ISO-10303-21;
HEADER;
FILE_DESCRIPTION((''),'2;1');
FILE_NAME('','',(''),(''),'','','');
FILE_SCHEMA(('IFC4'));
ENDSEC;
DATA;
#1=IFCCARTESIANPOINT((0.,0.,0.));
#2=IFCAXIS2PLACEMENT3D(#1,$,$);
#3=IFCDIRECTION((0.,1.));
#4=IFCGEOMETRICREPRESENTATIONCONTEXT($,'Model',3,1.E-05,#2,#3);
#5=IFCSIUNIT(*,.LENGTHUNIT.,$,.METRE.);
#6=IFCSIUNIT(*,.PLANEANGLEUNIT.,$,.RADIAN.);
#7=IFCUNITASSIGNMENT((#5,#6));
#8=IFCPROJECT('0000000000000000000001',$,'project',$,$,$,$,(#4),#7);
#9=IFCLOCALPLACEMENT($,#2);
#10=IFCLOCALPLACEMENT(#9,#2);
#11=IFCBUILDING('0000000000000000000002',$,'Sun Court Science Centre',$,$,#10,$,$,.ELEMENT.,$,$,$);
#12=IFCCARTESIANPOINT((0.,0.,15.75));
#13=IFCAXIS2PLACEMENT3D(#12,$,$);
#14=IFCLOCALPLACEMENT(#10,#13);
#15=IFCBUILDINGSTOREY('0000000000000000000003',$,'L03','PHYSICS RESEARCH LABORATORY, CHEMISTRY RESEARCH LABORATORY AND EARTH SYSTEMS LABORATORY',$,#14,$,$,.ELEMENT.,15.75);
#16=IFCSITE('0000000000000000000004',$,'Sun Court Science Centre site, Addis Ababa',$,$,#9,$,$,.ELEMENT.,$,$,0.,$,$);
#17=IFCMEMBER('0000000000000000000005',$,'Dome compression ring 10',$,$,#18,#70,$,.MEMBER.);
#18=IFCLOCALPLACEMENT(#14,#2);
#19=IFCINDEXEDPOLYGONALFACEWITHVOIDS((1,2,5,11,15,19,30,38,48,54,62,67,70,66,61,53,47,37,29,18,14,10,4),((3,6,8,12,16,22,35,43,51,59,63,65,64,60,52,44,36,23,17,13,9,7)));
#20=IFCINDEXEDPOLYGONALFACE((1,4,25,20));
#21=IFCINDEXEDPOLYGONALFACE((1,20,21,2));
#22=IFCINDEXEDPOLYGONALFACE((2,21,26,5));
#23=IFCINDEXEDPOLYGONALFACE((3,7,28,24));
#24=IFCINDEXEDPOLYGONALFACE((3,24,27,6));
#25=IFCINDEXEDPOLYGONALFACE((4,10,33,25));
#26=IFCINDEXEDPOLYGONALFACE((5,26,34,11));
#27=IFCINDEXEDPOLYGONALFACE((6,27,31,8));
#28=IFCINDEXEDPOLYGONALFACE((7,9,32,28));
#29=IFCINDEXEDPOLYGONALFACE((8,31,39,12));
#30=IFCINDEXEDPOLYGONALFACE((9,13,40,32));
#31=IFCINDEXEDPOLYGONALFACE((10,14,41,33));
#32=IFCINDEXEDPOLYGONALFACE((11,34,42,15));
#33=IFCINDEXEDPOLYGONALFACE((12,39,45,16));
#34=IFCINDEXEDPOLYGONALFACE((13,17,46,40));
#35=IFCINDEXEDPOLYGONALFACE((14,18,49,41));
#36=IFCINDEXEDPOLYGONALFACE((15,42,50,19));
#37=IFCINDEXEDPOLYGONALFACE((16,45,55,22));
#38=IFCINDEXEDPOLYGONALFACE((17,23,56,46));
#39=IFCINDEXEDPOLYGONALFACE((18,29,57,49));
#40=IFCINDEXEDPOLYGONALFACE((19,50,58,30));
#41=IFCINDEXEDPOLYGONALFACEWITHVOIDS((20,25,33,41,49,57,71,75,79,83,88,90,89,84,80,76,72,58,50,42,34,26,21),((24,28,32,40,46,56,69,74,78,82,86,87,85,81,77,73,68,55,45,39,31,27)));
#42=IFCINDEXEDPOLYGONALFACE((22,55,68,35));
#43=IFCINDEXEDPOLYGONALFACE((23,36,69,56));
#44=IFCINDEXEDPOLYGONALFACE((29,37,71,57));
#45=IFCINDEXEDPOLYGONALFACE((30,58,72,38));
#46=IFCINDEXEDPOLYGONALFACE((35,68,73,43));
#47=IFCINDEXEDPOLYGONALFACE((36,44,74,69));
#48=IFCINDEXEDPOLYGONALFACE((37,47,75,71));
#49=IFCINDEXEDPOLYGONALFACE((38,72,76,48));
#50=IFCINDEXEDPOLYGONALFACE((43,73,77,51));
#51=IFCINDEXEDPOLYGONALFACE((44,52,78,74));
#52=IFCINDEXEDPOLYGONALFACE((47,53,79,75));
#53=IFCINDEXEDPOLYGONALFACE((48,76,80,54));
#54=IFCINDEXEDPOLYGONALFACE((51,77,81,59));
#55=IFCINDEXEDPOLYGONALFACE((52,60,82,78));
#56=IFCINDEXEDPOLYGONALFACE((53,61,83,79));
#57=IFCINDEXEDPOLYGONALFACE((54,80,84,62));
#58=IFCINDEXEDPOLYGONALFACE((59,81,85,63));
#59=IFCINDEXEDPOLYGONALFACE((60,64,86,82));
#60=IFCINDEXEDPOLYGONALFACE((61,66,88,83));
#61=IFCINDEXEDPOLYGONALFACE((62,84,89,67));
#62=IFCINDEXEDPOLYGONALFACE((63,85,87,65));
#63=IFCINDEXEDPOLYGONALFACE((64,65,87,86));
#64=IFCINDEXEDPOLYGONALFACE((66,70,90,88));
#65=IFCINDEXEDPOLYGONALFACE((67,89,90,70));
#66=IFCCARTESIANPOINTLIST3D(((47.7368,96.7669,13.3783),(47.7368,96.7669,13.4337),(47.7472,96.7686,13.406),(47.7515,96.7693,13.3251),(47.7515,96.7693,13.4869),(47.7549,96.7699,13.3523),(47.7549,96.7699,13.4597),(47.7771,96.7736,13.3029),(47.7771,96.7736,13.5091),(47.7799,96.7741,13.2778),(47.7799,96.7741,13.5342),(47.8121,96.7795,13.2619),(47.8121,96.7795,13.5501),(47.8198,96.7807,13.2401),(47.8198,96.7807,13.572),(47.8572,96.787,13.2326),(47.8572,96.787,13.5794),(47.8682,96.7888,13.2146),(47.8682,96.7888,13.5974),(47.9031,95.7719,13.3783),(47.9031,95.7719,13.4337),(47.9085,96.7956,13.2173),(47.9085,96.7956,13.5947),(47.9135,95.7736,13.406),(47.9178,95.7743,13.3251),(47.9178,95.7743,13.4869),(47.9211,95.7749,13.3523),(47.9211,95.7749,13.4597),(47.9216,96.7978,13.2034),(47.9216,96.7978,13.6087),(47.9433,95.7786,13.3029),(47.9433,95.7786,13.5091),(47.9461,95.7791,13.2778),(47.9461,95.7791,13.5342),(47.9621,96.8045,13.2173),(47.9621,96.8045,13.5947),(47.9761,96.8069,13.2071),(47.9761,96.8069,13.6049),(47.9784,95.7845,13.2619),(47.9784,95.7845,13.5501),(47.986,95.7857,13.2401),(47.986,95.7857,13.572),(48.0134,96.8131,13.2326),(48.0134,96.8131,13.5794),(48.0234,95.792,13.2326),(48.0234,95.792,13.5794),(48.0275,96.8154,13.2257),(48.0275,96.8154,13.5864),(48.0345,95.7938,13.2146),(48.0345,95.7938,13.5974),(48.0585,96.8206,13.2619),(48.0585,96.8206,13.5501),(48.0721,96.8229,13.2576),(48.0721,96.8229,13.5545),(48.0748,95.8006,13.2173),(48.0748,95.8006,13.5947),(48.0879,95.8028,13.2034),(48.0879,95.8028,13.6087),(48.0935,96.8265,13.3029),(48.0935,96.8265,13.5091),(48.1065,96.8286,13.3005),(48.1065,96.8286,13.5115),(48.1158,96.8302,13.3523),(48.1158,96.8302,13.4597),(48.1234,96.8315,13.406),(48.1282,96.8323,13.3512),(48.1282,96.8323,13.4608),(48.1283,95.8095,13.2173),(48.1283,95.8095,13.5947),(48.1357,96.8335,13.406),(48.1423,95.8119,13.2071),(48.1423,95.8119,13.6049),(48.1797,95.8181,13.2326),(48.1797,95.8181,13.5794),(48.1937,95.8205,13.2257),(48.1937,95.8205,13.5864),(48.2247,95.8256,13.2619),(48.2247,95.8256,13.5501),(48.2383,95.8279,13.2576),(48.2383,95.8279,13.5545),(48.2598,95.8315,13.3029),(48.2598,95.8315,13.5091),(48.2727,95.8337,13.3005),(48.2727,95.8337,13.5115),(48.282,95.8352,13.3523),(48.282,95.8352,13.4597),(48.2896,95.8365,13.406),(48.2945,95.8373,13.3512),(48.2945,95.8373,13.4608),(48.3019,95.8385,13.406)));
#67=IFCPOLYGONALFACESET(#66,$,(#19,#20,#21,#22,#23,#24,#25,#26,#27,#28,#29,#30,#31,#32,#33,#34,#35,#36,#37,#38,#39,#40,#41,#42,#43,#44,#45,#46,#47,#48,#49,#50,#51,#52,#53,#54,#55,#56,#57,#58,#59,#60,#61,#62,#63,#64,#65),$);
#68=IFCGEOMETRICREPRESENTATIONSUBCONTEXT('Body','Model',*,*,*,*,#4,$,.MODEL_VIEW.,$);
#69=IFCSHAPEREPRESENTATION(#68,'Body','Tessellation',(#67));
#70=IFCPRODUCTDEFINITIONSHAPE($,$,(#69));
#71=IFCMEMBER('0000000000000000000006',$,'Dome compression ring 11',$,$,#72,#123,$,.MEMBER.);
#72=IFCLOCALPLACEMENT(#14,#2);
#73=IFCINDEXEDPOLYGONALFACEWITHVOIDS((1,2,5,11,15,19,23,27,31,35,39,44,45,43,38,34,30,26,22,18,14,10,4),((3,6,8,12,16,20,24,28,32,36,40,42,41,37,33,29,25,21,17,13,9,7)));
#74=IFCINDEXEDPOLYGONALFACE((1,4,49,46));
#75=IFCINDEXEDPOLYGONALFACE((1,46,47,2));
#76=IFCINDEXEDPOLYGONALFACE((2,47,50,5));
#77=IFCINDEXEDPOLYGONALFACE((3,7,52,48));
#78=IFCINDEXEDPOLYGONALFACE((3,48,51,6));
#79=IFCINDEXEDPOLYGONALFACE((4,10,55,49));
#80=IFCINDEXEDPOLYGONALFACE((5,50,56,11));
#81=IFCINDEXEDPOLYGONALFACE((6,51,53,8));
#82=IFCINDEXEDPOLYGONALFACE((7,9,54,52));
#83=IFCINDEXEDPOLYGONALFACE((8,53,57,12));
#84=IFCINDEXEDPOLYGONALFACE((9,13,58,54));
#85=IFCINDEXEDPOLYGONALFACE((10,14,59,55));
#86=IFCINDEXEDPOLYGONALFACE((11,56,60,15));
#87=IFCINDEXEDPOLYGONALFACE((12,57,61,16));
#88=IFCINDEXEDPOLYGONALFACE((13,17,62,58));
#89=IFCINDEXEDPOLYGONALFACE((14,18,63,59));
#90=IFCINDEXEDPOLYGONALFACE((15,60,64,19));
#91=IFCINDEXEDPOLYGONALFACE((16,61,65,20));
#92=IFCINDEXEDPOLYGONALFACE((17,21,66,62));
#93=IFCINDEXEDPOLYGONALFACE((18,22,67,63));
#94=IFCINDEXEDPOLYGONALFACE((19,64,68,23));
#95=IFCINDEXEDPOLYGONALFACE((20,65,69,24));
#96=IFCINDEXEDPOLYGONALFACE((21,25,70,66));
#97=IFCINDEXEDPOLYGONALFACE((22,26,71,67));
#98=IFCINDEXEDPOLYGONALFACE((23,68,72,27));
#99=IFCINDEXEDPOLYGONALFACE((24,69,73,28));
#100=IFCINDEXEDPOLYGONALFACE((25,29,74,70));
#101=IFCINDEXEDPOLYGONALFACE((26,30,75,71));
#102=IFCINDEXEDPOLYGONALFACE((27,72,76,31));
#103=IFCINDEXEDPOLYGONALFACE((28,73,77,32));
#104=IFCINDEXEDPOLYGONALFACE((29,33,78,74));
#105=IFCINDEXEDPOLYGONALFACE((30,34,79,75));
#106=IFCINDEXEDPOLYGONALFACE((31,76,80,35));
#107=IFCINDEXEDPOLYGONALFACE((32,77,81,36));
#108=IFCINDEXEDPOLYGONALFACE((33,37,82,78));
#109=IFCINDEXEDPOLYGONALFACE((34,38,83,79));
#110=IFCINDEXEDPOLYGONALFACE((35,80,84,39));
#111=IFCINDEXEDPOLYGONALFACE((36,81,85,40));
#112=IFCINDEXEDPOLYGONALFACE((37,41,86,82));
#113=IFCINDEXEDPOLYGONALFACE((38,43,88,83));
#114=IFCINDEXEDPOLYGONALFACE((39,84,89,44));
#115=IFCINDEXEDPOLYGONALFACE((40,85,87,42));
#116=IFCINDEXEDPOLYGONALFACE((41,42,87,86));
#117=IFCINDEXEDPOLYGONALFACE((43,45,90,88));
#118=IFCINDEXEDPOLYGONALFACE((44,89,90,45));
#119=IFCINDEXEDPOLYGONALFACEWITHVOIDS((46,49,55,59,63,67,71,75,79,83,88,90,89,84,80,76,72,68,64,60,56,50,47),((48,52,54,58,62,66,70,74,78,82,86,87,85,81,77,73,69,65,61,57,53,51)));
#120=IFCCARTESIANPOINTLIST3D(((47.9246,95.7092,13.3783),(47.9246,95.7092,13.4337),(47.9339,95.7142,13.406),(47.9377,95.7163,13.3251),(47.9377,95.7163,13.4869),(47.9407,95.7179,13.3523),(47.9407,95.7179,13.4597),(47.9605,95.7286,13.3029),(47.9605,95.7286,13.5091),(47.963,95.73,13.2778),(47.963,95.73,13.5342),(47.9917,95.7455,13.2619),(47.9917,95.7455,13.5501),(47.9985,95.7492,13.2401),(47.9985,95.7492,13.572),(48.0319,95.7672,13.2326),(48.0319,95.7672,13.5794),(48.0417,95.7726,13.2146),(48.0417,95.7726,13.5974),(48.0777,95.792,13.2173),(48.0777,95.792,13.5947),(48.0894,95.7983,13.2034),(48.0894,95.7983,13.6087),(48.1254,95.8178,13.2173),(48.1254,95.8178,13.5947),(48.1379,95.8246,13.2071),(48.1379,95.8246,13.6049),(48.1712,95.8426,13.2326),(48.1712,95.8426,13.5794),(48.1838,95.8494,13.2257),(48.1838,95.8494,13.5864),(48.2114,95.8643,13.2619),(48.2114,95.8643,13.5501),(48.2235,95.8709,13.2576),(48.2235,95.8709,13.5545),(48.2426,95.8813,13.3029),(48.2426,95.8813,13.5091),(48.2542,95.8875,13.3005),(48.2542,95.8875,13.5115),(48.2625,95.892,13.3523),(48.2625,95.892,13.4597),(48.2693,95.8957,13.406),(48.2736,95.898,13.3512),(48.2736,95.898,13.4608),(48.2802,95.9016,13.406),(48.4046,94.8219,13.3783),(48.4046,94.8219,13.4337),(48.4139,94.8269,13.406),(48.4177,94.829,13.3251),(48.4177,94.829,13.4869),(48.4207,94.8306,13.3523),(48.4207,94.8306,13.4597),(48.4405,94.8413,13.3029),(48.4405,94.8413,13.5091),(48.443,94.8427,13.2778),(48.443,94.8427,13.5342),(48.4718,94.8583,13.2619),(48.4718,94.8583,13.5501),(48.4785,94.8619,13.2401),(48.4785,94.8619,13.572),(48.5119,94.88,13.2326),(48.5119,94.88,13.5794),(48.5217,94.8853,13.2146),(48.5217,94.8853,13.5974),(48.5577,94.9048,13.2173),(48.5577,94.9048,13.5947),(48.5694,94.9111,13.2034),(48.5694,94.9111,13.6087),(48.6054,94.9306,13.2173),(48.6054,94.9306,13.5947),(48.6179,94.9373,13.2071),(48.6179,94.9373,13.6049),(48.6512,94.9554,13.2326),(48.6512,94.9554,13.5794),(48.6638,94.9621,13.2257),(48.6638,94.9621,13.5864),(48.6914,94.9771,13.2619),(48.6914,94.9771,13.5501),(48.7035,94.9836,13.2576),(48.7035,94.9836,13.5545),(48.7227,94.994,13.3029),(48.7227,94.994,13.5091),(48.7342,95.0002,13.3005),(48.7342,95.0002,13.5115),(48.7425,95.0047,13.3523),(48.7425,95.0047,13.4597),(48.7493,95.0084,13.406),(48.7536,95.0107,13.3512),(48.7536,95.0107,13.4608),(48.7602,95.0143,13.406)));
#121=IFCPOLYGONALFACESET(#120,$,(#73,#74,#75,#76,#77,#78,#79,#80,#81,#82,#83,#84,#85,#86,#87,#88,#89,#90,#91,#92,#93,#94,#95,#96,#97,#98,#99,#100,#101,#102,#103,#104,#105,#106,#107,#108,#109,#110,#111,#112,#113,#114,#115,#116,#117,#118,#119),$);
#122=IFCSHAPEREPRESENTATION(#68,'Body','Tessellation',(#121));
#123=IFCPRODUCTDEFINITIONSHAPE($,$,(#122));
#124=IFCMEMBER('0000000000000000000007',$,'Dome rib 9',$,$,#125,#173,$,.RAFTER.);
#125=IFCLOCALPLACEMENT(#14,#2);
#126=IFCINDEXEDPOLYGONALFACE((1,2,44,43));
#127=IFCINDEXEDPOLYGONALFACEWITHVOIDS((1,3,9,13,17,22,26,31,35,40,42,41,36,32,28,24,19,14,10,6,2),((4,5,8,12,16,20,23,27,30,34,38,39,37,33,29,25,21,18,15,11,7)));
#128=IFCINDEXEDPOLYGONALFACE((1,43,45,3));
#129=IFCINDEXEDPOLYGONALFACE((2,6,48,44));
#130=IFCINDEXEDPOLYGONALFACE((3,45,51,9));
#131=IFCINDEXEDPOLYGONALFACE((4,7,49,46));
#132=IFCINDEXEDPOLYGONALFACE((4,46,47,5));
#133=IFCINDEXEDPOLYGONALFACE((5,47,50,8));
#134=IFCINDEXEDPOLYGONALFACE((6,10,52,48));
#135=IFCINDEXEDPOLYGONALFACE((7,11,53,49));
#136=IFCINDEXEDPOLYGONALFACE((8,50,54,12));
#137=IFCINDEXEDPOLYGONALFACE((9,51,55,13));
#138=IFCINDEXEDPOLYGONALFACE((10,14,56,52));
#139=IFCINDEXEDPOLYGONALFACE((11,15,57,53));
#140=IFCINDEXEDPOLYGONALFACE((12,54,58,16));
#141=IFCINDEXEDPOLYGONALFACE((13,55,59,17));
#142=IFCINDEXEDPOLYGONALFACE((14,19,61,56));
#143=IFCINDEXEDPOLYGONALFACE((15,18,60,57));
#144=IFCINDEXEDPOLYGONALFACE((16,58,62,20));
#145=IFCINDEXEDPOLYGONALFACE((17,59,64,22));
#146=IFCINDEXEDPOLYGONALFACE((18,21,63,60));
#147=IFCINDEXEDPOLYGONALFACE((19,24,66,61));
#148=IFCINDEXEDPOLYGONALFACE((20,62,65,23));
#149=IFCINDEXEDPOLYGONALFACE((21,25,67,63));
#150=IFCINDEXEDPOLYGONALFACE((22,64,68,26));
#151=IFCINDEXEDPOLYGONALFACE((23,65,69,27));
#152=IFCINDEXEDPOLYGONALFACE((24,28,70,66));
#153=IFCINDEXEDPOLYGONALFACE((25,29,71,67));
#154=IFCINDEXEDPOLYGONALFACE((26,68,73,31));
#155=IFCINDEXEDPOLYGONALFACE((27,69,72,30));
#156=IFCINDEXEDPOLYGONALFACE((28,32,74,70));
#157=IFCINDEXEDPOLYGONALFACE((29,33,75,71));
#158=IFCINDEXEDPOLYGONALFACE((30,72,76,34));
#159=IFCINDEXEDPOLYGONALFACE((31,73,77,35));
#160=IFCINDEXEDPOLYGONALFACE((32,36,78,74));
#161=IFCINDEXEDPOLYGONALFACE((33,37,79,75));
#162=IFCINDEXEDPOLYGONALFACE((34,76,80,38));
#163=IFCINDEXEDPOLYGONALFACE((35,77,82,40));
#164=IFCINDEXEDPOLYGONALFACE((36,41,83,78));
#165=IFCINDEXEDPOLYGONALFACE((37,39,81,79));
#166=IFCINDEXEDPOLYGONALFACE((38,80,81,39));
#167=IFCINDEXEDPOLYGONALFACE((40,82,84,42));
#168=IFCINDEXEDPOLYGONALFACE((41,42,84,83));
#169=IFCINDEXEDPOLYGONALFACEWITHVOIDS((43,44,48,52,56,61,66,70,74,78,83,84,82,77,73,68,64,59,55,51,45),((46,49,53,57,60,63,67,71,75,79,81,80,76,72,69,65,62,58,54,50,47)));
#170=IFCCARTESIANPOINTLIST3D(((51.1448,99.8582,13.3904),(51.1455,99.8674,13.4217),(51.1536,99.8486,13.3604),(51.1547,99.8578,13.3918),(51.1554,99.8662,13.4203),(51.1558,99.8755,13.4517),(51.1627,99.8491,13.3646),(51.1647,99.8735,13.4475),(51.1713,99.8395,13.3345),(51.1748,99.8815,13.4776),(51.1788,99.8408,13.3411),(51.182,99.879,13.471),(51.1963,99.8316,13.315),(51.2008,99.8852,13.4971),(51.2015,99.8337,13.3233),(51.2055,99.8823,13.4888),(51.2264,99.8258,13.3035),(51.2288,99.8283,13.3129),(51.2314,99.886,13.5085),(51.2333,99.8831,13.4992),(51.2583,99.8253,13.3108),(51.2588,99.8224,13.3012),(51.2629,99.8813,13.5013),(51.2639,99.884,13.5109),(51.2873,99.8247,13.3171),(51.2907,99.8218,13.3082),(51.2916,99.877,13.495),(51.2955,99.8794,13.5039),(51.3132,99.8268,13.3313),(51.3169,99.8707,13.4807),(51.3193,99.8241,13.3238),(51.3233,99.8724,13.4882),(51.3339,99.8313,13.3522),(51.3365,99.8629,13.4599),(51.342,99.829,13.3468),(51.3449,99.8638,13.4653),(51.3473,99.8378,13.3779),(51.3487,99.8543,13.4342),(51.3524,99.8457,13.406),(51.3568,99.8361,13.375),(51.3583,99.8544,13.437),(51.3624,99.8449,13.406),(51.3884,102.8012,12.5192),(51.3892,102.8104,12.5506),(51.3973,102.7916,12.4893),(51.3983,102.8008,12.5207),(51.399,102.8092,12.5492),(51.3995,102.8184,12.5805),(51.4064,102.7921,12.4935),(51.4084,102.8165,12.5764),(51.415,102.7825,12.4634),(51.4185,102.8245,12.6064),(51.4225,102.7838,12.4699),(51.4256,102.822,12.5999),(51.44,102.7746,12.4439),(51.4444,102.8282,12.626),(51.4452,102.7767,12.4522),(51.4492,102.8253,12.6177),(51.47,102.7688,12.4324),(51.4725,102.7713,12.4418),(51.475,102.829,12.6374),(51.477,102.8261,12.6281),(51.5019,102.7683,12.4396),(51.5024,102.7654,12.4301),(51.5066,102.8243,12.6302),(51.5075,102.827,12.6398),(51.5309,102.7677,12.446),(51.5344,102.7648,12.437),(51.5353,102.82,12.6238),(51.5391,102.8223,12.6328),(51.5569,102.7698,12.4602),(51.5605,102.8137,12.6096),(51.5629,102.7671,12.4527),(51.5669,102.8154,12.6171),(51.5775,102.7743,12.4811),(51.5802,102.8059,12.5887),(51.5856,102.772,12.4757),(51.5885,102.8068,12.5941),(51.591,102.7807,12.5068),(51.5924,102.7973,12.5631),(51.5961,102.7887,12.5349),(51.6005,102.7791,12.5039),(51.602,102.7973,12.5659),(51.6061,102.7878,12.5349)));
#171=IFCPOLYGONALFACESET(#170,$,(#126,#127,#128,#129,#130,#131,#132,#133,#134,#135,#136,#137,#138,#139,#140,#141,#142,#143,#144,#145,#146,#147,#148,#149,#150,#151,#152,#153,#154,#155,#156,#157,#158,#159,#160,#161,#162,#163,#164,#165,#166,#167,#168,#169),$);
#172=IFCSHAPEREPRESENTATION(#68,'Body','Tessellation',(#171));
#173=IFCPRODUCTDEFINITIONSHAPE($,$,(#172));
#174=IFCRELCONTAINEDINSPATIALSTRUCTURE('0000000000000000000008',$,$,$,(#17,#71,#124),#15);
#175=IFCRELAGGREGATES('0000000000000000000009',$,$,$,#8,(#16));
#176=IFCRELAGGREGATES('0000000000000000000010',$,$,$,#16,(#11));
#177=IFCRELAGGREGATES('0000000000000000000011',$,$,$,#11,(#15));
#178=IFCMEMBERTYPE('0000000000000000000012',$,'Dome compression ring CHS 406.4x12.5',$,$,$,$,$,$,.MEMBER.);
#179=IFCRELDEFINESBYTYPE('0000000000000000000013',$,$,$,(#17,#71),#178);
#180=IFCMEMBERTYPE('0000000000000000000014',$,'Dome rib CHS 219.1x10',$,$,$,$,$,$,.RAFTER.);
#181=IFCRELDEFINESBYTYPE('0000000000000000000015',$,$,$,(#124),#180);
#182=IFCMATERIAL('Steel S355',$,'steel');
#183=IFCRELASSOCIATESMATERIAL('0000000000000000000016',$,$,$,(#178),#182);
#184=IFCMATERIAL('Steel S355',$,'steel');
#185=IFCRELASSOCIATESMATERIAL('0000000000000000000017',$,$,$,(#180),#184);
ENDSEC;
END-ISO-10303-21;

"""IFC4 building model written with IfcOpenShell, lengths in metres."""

from ifc_helpers import new_model, si_unit, direction, frame, origin, origin_2d, place, context, subcontext, project, spatial, hollow_circle, extrude, material, material_profile, profile_set, type_object, element, save


model = new_model("IFC4")

# Units and contexts
model_context = context("Model", 3, precision=1e-05, world=origin(), true_north=direction((0.0, 1.0)))
body_context = subcontext(model_context, "Body", "Model", "MODEL_VIEW")
ifc_project = project(units=[si_unit("LENGTHUNIT", "METRE"), si_unit("PLANEANGLEUNIT", "RADIAN")], contexts=[model_context])

# Site, building, storey
site_placement = place(None, origin())
site = spatial("IfcSite", under=ifc_project, at=site_placement, Name="Sun Court Science Centre site, Addis Ababa", CompositionType="ELEMENT", RefElevation=0.0)
building_placement = place(site_placement, origin())
building = spatial("IfcBuilding", under=site, at=building_placement, Name="Sun Court Science Centre", CompositionType="ELEMENT")
storey_placement = place(building_placement, frame((0.0, 0.0, 15.75)))
storey = spatial("IfcBuildingStorey", under=building, at=storey_placement, Name="L03", Description="PHYSICS RESEARCH LABORATORY, CHEMISTRY RESEARCH LABORATORY AND EARTH SYSTEMS LABORATORY", CompositionType="ELEMENT", Elevation=15.75)

# Members
ifc_material_1 = material(Name="Steel S355", Category="steel")
ifc_material_profile_1 = material_profile(ifc_material_1, hollow_circle(Radius=0.2031, WallThickness=0.0125, at=origin_2d()), Name="CHS 406.4x12.5")
ifc_profile_set_1 = profile_set([ifc_material_profile_1], Name="Steel S355")
member_type_1 = type_object("IfcMemberType", Name="Dome compression ring CHS 406.4x12.5", PredefinedType="MEMBER", material=ifc_profile_set_1)
for number, where, z_axis, x_axis, name in (
    (1, (47.9353, 96.8, 13.406), (0.164791, -0.986328, 0.0), (0.986328, 0.164791, 0.0), "Dome compression ring 10"),
    (2, (48.1016, 95.8049, 13.406), (0.475831, -0.879537, 0.0), (0.879537, 0.475831, 0.0), "Dome compression ring 11"),
):
    element("IfcMember", number, at=place(storey_placement, frame(where, z_axis=z_axis, x_axis=x_axis)), inside=storey, type_object=member_type_1, Name=name, PredefinedType="MEMBER", context=body_context, shape_type="SweptSolid", body=[
        extrude(hollow_circle(Radius=0.2031, WallThickness=0.0125, at=origin_2d()), origin(), (0.0, 0.0, 1.0), 1.0088),
    ])
ifc_material_2 = material(Name="Steel S355", Category="steel")
ifc_material_profile_2 = material_profile(ifc_material_2, hollow_circle(Radius=0.1096, WallThickness=0.01, at=origin_2d()), Name="CHS 219.1x10")
ifc_profile_set_2 = profile_set([ifc_material_profile_2], Name="Steel S355")
member_type_2 = type_object("IfcMemberType", Name="Dome rib CHS 219.1x10", PredefinedType="RAFTER", material=ifc_profile_set_2)
member_1_placement = place(storey_placement, frame((51.4968, 102.7969, 12.5349), z_axis=(-0.07914, -0.955868, 0.282938), x_axis=(0.99659, -0.082512, 0.0)))
element("IfcMember", 3, at=member_1_placement, inside=storey, type_object=member_type_2, Name="Dome rib 9", PredefinedType="RAFTER", context=body_context, shape_type="SweptSolid", body=[
    extrude(hollow_circle(Radius=0.1096, WallThickness=0.01, at=origin_2d()), origin(), (0.0, 0.0, 1.0), 3.0789),
])

save(model, "model.ifc")
